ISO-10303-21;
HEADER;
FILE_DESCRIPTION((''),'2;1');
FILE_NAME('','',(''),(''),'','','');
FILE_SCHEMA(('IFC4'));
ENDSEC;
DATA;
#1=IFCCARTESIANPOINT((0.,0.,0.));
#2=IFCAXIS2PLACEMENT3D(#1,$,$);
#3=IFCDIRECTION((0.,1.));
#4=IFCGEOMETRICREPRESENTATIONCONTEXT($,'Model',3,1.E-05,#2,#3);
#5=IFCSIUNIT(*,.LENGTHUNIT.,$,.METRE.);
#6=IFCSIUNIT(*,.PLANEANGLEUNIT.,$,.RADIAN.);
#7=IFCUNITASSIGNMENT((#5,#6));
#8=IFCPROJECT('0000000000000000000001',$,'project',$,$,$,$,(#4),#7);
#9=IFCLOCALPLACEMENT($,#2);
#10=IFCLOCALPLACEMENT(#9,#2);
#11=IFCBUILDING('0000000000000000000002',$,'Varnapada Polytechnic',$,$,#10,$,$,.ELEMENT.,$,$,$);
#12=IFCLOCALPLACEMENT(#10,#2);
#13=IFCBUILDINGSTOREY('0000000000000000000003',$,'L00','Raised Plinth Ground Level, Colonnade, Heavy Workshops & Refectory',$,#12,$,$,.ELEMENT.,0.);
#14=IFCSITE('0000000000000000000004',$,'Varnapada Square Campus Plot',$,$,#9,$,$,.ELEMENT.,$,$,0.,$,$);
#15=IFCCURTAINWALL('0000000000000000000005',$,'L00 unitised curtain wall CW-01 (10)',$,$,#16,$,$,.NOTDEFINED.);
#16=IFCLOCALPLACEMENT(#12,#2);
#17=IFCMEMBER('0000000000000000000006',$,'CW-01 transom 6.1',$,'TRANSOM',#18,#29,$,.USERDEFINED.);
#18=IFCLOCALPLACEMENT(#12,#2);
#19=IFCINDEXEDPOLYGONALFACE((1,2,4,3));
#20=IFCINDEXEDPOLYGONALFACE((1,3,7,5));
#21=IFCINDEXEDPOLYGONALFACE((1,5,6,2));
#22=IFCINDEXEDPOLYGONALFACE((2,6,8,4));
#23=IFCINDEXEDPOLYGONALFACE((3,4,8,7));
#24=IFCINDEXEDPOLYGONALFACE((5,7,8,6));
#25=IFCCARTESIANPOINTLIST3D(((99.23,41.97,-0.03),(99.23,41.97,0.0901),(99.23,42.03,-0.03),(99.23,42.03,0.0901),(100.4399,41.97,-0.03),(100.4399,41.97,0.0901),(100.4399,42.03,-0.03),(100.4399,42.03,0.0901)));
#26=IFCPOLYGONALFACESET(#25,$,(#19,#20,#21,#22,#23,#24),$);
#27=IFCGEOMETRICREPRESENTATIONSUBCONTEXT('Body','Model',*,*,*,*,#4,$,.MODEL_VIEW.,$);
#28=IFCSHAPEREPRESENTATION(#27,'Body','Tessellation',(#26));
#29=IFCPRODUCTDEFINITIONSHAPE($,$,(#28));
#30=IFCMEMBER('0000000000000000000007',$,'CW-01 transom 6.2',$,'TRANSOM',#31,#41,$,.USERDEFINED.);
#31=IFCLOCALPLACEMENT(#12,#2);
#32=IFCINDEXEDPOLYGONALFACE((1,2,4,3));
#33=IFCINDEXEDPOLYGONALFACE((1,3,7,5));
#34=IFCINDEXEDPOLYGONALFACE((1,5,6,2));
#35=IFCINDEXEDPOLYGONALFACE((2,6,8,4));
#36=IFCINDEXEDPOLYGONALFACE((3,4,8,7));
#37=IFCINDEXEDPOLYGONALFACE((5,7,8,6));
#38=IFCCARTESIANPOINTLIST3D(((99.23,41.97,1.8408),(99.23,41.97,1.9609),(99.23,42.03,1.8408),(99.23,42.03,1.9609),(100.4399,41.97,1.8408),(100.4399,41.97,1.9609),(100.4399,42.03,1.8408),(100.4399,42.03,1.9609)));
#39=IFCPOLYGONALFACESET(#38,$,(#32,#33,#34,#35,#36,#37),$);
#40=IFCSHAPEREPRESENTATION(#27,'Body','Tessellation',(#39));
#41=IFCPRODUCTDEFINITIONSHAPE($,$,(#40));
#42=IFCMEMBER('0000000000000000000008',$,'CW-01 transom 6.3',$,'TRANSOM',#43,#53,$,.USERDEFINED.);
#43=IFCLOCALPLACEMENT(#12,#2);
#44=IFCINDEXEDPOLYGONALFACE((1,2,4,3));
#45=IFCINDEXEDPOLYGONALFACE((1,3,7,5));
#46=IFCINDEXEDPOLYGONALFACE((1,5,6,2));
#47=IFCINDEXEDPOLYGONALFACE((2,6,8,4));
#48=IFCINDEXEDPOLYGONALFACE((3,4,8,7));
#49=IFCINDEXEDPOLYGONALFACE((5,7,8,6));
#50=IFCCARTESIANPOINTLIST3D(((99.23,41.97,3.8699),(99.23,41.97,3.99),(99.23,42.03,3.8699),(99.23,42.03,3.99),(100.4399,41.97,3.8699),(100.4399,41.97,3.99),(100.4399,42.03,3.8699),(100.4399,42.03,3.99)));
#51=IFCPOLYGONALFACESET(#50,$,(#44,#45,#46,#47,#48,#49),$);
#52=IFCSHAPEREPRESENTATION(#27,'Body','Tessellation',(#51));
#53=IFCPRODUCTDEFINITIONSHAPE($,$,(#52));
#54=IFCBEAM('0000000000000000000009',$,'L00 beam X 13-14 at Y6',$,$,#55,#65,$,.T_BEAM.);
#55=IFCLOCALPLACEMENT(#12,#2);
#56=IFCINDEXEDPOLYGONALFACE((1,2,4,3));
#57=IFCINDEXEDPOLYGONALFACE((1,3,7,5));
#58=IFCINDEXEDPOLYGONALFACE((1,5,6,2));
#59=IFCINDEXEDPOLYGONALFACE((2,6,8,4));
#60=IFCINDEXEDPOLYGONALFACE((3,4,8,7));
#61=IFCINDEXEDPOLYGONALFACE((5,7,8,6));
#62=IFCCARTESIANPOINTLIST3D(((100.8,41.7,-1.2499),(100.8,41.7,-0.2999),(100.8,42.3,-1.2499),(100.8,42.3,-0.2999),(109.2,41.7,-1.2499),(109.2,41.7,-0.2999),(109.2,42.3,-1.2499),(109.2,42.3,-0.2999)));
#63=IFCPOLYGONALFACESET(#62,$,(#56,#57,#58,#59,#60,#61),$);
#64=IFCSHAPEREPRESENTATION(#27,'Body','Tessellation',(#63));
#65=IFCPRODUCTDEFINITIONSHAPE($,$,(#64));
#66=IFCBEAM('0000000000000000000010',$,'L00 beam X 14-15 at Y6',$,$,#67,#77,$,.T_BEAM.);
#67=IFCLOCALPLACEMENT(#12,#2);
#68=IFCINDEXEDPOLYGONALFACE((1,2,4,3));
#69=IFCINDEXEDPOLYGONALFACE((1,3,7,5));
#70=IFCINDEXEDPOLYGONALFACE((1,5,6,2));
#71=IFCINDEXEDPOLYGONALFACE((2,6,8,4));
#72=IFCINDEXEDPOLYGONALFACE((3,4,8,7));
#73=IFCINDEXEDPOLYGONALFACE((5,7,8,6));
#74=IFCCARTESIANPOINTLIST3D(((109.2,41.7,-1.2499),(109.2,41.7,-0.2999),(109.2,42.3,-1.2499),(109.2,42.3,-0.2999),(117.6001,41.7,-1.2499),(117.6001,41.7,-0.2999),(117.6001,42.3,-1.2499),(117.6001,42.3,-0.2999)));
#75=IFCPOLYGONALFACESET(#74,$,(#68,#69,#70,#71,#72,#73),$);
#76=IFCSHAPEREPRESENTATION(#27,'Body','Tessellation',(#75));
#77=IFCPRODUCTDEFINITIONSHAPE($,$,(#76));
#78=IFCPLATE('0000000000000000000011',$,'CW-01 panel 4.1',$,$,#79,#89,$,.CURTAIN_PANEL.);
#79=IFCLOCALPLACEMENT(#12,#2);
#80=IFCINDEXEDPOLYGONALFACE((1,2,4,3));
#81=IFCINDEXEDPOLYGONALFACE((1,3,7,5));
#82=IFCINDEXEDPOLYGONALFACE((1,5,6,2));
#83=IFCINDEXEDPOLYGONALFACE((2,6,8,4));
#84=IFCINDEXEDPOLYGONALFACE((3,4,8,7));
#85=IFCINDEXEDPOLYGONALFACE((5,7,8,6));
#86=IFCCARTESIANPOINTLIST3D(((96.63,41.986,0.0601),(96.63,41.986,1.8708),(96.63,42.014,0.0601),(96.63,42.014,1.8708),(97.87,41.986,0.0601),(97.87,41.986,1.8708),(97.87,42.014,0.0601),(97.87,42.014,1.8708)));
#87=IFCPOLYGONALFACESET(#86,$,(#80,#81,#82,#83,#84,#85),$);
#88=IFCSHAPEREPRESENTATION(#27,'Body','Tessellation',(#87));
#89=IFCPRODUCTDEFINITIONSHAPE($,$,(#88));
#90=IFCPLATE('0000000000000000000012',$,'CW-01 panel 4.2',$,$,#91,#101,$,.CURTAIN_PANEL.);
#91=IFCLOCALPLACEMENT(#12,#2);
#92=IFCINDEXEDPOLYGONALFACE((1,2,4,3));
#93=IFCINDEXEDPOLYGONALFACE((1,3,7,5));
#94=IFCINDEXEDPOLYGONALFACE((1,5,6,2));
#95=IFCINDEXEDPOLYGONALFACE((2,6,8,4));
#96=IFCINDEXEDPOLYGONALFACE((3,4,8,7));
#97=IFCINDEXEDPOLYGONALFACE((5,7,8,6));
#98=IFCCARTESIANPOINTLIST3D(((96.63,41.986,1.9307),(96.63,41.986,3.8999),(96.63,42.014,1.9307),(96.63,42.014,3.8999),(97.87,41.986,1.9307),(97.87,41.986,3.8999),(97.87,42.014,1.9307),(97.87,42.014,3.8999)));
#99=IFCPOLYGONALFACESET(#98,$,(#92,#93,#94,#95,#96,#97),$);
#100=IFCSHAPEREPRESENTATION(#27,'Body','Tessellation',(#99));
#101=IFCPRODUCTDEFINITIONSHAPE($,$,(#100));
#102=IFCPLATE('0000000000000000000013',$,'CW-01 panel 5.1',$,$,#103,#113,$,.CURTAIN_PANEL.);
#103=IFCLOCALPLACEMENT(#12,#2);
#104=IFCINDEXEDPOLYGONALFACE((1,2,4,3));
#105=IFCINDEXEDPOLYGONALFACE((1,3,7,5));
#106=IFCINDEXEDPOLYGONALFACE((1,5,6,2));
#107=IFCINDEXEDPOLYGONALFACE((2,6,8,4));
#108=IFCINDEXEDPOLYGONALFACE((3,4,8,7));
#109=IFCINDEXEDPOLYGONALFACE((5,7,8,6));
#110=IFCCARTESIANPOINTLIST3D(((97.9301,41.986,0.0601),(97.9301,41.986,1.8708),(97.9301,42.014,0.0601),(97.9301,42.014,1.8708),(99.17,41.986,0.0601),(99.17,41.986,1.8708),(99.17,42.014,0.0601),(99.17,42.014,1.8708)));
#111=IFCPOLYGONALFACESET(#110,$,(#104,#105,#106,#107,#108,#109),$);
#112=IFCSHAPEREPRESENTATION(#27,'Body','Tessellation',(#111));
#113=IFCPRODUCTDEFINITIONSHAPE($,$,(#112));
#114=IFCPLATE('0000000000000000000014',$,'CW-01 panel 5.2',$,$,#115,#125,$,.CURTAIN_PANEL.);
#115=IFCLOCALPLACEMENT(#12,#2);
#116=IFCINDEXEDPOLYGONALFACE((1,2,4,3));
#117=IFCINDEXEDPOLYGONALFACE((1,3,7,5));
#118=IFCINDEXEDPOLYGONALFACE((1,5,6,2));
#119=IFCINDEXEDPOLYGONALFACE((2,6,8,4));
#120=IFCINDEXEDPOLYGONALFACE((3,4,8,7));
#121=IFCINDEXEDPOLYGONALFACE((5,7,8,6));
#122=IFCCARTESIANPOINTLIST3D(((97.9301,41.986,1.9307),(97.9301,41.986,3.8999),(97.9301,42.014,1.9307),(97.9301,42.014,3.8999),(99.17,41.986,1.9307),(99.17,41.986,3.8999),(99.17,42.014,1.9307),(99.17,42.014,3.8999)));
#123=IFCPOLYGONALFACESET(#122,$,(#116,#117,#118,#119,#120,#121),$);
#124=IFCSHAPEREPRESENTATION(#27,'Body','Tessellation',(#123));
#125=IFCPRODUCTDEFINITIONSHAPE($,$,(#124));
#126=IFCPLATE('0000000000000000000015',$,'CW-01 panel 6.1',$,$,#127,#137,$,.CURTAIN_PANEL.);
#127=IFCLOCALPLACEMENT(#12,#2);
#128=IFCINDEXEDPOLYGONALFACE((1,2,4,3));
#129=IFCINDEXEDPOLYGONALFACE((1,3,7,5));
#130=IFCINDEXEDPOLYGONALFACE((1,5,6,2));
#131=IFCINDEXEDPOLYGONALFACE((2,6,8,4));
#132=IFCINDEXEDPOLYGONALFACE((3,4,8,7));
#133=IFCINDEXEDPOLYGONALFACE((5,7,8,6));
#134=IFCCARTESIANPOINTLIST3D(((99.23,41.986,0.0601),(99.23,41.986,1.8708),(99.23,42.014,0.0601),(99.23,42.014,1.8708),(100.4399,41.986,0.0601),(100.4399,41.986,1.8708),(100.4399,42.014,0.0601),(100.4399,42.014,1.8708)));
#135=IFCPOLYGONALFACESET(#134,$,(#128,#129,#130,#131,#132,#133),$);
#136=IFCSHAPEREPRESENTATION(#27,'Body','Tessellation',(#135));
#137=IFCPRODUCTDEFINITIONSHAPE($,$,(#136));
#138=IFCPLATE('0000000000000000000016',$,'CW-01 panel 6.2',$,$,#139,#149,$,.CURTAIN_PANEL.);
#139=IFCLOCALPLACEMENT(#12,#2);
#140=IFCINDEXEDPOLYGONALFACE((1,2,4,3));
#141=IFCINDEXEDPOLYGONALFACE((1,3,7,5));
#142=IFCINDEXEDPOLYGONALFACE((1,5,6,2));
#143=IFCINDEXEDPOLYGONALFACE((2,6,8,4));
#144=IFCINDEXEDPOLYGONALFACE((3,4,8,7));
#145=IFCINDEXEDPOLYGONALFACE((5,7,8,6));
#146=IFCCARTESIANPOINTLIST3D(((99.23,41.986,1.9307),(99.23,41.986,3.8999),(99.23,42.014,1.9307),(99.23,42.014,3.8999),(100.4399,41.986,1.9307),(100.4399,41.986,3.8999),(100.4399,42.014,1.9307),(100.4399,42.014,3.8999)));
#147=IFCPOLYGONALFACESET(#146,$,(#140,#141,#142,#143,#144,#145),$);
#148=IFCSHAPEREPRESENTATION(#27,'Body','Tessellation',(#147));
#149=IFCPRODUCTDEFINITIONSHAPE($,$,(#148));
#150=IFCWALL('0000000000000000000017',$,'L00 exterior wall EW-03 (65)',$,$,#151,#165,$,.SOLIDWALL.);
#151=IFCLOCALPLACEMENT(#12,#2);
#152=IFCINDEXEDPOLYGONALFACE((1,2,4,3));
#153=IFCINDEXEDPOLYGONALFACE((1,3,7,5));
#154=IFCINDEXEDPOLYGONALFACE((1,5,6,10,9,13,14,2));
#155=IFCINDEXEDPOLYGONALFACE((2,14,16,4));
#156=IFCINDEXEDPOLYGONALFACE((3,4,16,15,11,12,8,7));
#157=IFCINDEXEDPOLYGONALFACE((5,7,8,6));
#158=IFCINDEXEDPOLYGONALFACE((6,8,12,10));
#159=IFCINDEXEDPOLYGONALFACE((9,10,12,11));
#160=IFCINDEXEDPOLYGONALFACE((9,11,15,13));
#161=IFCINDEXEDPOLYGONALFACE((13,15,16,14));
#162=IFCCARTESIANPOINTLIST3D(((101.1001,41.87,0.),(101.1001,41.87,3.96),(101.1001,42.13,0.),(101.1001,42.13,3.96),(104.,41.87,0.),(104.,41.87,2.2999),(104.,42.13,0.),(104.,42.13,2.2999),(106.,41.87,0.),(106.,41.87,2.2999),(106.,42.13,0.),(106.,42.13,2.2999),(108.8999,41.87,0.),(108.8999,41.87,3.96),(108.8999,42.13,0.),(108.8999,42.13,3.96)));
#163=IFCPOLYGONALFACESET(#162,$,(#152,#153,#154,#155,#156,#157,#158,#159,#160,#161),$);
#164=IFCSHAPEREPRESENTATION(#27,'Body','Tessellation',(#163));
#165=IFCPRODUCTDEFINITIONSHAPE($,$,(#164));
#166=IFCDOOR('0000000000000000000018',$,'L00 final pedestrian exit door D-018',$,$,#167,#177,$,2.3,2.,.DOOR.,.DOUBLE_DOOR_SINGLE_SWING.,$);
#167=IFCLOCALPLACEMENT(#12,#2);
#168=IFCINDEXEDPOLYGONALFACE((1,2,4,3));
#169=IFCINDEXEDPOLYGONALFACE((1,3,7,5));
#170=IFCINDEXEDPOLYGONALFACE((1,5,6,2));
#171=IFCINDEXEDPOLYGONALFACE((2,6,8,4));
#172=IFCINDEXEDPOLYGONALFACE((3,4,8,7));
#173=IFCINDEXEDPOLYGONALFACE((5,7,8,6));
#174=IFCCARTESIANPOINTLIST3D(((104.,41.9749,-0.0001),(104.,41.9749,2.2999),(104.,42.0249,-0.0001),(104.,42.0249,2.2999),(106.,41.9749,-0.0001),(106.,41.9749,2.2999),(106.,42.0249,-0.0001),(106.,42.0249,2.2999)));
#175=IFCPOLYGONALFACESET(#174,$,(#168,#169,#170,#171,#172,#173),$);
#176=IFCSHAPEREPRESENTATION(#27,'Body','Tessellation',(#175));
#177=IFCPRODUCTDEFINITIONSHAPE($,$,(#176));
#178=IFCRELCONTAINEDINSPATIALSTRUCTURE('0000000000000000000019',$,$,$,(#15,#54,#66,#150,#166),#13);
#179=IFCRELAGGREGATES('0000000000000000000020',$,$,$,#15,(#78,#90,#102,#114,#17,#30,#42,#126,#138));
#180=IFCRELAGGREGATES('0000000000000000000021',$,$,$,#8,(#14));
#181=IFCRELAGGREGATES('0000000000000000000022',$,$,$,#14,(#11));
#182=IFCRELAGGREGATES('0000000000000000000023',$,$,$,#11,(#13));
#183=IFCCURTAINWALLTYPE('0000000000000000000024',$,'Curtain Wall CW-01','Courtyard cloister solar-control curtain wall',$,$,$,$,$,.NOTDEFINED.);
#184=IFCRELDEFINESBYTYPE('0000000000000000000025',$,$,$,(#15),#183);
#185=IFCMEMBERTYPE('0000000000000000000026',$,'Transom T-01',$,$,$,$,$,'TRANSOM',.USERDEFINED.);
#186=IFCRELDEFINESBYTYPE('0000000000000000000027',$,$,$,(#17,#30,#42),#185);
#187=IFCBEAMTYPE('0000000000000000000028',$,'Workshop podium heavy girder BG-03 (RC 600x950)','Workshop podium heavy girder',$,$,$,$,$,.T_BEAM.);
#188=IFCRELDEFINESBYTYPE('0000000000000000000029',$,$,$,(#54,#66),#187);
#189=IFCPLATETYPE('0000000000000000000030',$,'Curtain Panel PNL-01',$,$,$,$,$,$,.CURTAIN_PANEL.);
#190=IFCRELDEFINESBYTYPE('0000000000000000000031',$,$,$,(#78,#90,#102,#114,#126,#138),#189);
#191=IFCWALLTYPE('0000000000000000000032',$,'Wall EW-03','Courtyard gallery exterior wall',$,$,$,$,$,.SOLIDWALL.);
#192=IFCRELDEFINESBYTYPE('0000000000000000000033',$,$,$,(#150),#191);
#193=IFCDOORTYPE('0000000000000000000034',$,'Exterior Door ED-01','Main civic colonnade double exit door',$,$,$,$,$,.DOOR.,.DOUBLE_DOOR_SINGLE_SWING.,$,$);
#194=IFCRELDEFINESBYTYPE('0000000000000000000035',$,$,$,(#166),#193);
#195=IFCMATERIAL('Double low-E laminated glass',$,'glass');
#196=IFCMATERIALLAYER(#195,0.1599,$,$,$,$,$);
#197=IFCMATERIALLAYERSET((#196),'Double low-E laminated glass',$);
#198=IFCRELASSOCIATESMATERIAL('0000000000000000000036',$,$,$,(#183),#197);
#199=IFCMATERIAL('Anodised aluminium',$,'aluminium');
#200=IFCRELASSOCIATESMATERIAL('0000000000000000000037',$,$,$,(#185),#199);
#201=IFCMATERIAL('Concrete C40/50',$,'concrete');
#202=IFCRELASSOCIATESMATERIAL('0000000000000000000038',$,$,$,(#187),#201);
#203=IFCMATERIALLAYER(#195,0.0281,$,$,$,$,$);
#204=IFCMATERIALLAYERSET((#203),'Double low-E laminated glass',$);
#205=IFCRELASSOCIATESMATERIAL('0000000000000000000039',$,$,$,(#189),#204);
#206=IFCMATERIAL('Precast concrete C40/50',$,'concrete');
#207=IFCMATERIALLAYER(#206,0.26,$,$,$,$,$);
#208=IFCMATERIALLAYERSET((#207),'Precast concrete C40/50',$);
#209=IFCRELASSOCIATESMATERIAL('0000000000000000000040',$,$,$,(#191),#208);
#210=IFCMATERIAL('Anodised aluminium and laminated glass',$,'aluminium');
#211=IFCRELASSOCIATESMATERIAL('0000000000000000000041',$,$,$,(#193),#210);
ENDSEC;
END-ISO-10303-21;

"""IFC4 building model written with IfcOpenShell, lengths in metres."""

from ifc_helpers import new_model, si_unit, direction, frame, frame_2d, origin, origin_2d, place, context, subcontext, project, spatial, rectangle, extrude, material, layer, layer_set, material_profile, profile_set, type_object, element, fill, aggregate, save


model = new_model("IFC4")

# Units and contexts
model_context = context("Model", 3, precision=1e-05, world=origin(), true_north=direction((0.0, 1.0)))
body_context = subcontext(model_context, "Body", "Model", "MODEL_VIEW")
ifc_project = project(units=[si_unit("LENGTHUNIT", "METRE"), si_unit("PLANEANGLEUNIT", "RADIAN")], contexts=[model_context])

# Site, building, storey
site_placement = place(None, origin())
site = spatial("IfcSite", under=ifc_project, at=site_placement, Name="Varnapada Square Campus Plot", CompositionType="ELEMENT", RefElevation=0.0)
building_placement = place(site_placement, origin())
building = spatial("IfcBuilding", under=site, at=building_placement, Name="Varnapada Polytechnic", CompositionType="ELEMENT")
storey_placement = place(building_placement, origin())
storey = spatial("IfcBuildingStorey", under=building, at=storey_placement, Name="L00", Description="Raised Plinth Ground Level, Colonnade, Heavy Workshops & Refectory", CompositionType="ELEMENT", Elevation=0.0)

# Shared definitions
ifc_material_1 = material(Name="Concrete C40/50", Category="concrete")

# Curtain wall
ifc_material_2 = material(Name="Double low-E laminated glass", Category="glass")
ifc_layer_1 = layer(ifc_material_2, 0.1599)
ifc_layer_set_1 = layer_set([ifc_layer_1], Name="Double low-E laminated glass")
curtain_wall_type = type_object("IfcCurtainWallType", Name="Curtain Wall CW-01", Description="Courtyard cloister solar-control curtain wall", PredefinedType="NOTDEFINED", material=ifc_layer_set_1)
curtain_wall_placement = place(storey_placement, origin())
curtain_wall = element("IfcCurtainWall", 1, at=curtain_wall_placement, inside=storey, type_object=curtain_wall_type, Name="L00 unitised curtain wall CW-01 (10)", PredefinedType="NOTDEFINED")
ifc_material_3 = material(Name="Anodised aluminium", Category="aluminium")

# Members
ifc_material_profile_1 = material_profile(ifc_material_3, rectangle(XDim=0.0601, YDim=0.1201, at=origin_2d()), Name="ALU T60x120")
ifc_profile_set_1 = profile_set([ifc_material_profile_1], Name="Anodised aluminium")
member_type_1 = type_object("IfcMemberType", Name="Transom T-01", ElementType="TRANSOM", PredefinedType="USERDEFINED", material=ifc_profile_set_1)
member_1_placement = place(storey_placement, frame((99.23, 42.0, 0.03), z_axis=(1.0, 0.0, 0.0), x_axis=(0.0, 1.0, 0.0)))
member_1 = element("IfcMember", 2, at=member_1_placement, type_object=member_type_1, Name="CW-01 transom 6.1", ObjectType="TRANSOM", PredefinedType="USERDEFINED", context=body_context, shape_type="SweptSolid", body=[
    extrude(rectangle(XDim=0.0601, YDim=0.1201, at=origin_2d()), origin(), (0.0, 0.0, 1.0), 1.21),
])
member_2_placement = place(storey_placement, frame((99.23, 42.0, 1.9009), z_axis=(1.0, 0.0, 0.0), x_axis=(0.0, 1.0, 0.0)))
member_2 = element("IfcMember", 3, at=member_2_placement, type_object=member_type_1, Name="CW-01 transom 6.2", ObjectType="TRANSOM", PredefinedType="USERDEFINED", context=body_context, shape_type="SweptSolid", body=[
    extrude(rectangle(XDim=0.0601, YDim=0.1201, at=origin_2d()), origin(), (0.0, 0.0, 1.0), 1.21),
])
member_3_placement = place(storey_placement, frame((99.23, 42.0, 3.9299), z_axis=(1.0, 0.0, 0.0), x_axis=(0.0, 1.0, 0.0)))
member_3 = element("IfcMember", 4, at=member_3_placement, type_object=member_type_1, Name="CW-01 transom 6.3", ObjectType="TRANSOM", PredefinedType="USERDEFINED", context=body_context, shape_type="SweptSolid", body=[
    extrude(rectangle(XDim=0.0601, YDim=0.1201, at=origin_2d()), origin(), (0.0, 0.0, 1.0), 1.21),
])

# Beams
ifc_material_profile_2 = material_profile(ifc_material_1, rectangle(XDim=0.6001, YDim=0.95, at=origin_2d()), Name="RC 600x950")
ifc_profile_set_2 = profile_set([ifc_material_profile_2], Name="Concrete C40/50")
beam_type_1 = type_object("IfcBeamType", Name="Workshop podium heavy girder BG-03 (RC 600x950)", Description="Workshop podium heavy girder", PredefinedType="T_BEAM", material=ifc_profile_set_2)
beam_1_placement = place(storey_placement, frame((100.8, 42.0, -0.7749), z_axis=(1.0, 0.0, 0.0), x_axis=(0.0, 1.0, 0.0)))
element("IfcBeam", 5, at=beam_1_placement, inside=storey, type_object=beam_type_1, Name="L00 beam X 13-14 at Y6", PredefinedType="T_BEAM", context=body_context, shape_type="SweptSolid", body=[
    extrude(rectangle(XDim=0.6001, YDim=0.95, at=origin_2d()), origin(), (0.0, 0.0, 1.0), 8.3999),
])
beam_2_placement = place(storey_placement, frame((109.2, 42.0, -0.7749), z_axis=(1.0, 0.0, 0.0), x_axis=(0.0, 1.0, 0.0)))
element("IfcBeam", 6, at=beam_2_placement, inside=storey, type_object=beam_type_1, Name="L00 beam X 14-15 at Y6", PredefinedType="T_BEAM", context=body_context, shape_type="SweptSolid", body=[
    extrude(rectangle(XDim=0.6001, YDim=0.95, at=origin_2d()), origin(), (0.0, 0.0, 1.0), 8.4001),
])

# Plates
ifc_layer_2 = layer(ifc_material_2, 0.0281)
ifc_layer_set_2 = layer_set([ifc_layer_2], Name="Double low-E laminated glass")
plate_type = type_object("IfcPlateType", Name="Curtain Panel PNL-01", PredefinedType="CURTAIN_PANEL", material=ifc_layer_set_2)
plate_1_placement = place(storey_placement, frame((97.25, 42.0, 0.0601), z_axis=(0.0, 0.0, 1.0), x_axis=(1.0, 0.0, 0.0)))
plate_1 = element("IfcPlate", 7, at=plate_1_placement, type_object=plate_type, Name="CW-01 panel 4.1", PredefinedType="CURTAIN_PANEL", context=body_context, shape_type="SweptSolid", body=[
    extrude(rectangle(XDim=1.24, YDim=0.0281, at=origin_2d()), origin(), (0.0, 0.0, 1.0), 1.8108),
])
plate_2_placement = place(storey_placement, frame((97.25, 42.0, 1.9307), z_axis=(0.0, 0.0, 1.0), x_axis=(1.0, 0.0, 0.0)))
plate_2 = element("IfcPlate", 8, at=plate_2_placement, type_object=plate_type, Name="CW-01 panel 4.2", PredefinedType="CURTAIN_PANEL", context=body_context, shape_type="SweptSolid", body=[
    extrude(rectangle(XDim=1.24, YDim=0.0281, at=origin_2d()), origin(), (0.0, 0.0, 1.0), 1.9692),
])
plate_3_placement = place(storey_placement, frame((98.55, 42.0, 0.0601), z_axis=(0.0, 0.0, 1.0), x_axis=(1.0, 0.0, 0.0)))
plate_3 = element("IfcPlate", 9, at=plate_3_placement, type_object=plate_type, Name="CW-01 panel 5.1", PredefinedType="CURTAIN_PANEL", context=body_context, shape_type="SweptSolid", body=[
    extrude(rectangle(XDim=1.24, YDim=0.0281, at=origin_2d()), origin(), (0.0, 0.0, 1.0), 1.8108),
])
plate_4_placement = place(storey_placement, frame((98.55, 42.0, 1.9307), z_axis=(0.0, 0.0, 1.0), x_axis=(1.0, 0.0, 0.0)))
plate_4 = element("IfcPlate", 10, at=plate_4_placement, type_object=plate_type, Name="CW-01 panel 5.2", PredefinedType="CURTAIN_PANEL", context=body_context, shape_type="SweptSolid", body=[
    extrude(rectangle(XDim=1.24, YDim=0.0281, at=origin_2d()), origin(), (0.0, 0.0, 1.0), 1.9692),
])
plate_5_placement = place(storey_placement, frame((99.835, 42.0, 0.0601), z_axis=(0.0, 0.0, 1.0), x_axis=(1.0, 0.0, 0.0)))
plate_5 = element("IfcPlate", 11, at=plate_5_placement, type_object=plate_type, Name="CW-01 panel 6.1", PredefinedType="CURTAIN_PANEL", context=body_context, shape_type="SweptSolid", body=[
    extrude(rectangle(XDim=1.21, YDim=0.0281, at=origin_2d()), origin(), (0.0, 0.0, 1.0), 1.8108),
])
plate_6_placement = place(storey_placement, frame((99.835, 42.0, 1.9307), z_axis=(0.0, 0.0, 1.0), x_axis=(1.0, 0.0, 0.0)))
plate_6 = element("IfcPlate", 12, at=plate_6_placement, type_object=plate_type, Name="CW-01 panel 6.2", PredefinedType="CURTAIN_PANEL", context=body_context, shape_type="SweptSolid", body=[
    extrude(rectangle(XDim=1.21, YDim=0.0281, at=origin_2d()), origin(), (0.0, 0.0, 1.0), 1.9692),
])
aggregate(curtain_wall, [plate_1, plate_2, plate_3, plate_4, member_1, member_2, member_3, plate_5, plate_6])

# Wall, opening, door
ifc_material_4 = material(Name="Precast concrete C40/50", Category="concrete")
ifc_layer_3 = layer(ifc_material_4, 0.26)
ifc_layer_set_3 = layer_set([ifc_layer_3], Name="Precast concrete C40/50")
wall_type = type_object("IfcWallType", Name="Wall EW-03", Description="Courtyard gallery exterior wall", PredefinedType="SOLIDWALL", material=ifc_layer_set_3)
wall_placement = place(storey_placement, frame((101.1001, 42.0, 0.0), z_axis=(0.0, 0.0, 1.0), x_axis=(1.0, 0.0, 0.0)))
wall = element("IfcWall", 13, at=wall_placement, inside=storey, type_object=wall_type, Name="L00 exterior wall EW-03 (65)", PredefinedType="SOLIDWALL", context=body_context, shape_type="SweptSolid", body=[
    extrude(rectangle(XDim=7.7998, YDim=0.26, at=frame_2d((3.8999, 0.0))), origin(), (0.0, 0.0, 1.0), 3.96),
])
opening_placement = place(wall_placement, frame((2.8999, 0.0, 0.0)))
opening = element("IfcOpeningElement", 14, at=opening_placement, cuts=wall, PredefinedType="OPENING", context=body_context, shape_type="SweptSolid", body=[
    extrude(rectangle(XDim=2.0, YDim=2.3, at=frame_2d((1.0, 1.1499))), frame((0.0, 0.1399, 0.0), z_axis=(0.0, -1.0, 0.0), x_axis=(1.0, 0.0, 0.0)), (0.0, 0.0, 1.0), 0.28),
])
ifc_material_5 = material(Name="Anodised aluminium and laminated glass", Category="aluminium")
door_type = type_object("IfcDoorType", Name="Exterior Door ED-01", Description="Main civic colonnade double exit door", OperationType="DOUBLE_DOOR_SINGLE_SWING", PredefinedType="DOOR", material=ifc_material_5)
door_placement = place(opening_placement, origin())
door = element("IfcDoor", 15, at=door_placement, inside=storey, type_object=door_type, Name="L00 final pedestrian exit door D-018", OperationType="DOUBLE_DOOR_SINGLE_SWING", OverallHeight=2.3, OverallWidth=2.0, PredefinedType="DOOR", context=body_context, shape_type="SweptSolid", body=[
    extrude(rectangle(XDim=2.0, YDim=2.3, at=frame_2d((1.0, 1.1499))), frame((0.0, 0.0249, 0.0), z_axis=(0.0, -1.0, 0.0), x_axis=(1.0, 0.0, 0.0)), (0.0, 0.0, 1.0), 0.05),
])
fill(opening, door)

save(model, "model.ifc")
